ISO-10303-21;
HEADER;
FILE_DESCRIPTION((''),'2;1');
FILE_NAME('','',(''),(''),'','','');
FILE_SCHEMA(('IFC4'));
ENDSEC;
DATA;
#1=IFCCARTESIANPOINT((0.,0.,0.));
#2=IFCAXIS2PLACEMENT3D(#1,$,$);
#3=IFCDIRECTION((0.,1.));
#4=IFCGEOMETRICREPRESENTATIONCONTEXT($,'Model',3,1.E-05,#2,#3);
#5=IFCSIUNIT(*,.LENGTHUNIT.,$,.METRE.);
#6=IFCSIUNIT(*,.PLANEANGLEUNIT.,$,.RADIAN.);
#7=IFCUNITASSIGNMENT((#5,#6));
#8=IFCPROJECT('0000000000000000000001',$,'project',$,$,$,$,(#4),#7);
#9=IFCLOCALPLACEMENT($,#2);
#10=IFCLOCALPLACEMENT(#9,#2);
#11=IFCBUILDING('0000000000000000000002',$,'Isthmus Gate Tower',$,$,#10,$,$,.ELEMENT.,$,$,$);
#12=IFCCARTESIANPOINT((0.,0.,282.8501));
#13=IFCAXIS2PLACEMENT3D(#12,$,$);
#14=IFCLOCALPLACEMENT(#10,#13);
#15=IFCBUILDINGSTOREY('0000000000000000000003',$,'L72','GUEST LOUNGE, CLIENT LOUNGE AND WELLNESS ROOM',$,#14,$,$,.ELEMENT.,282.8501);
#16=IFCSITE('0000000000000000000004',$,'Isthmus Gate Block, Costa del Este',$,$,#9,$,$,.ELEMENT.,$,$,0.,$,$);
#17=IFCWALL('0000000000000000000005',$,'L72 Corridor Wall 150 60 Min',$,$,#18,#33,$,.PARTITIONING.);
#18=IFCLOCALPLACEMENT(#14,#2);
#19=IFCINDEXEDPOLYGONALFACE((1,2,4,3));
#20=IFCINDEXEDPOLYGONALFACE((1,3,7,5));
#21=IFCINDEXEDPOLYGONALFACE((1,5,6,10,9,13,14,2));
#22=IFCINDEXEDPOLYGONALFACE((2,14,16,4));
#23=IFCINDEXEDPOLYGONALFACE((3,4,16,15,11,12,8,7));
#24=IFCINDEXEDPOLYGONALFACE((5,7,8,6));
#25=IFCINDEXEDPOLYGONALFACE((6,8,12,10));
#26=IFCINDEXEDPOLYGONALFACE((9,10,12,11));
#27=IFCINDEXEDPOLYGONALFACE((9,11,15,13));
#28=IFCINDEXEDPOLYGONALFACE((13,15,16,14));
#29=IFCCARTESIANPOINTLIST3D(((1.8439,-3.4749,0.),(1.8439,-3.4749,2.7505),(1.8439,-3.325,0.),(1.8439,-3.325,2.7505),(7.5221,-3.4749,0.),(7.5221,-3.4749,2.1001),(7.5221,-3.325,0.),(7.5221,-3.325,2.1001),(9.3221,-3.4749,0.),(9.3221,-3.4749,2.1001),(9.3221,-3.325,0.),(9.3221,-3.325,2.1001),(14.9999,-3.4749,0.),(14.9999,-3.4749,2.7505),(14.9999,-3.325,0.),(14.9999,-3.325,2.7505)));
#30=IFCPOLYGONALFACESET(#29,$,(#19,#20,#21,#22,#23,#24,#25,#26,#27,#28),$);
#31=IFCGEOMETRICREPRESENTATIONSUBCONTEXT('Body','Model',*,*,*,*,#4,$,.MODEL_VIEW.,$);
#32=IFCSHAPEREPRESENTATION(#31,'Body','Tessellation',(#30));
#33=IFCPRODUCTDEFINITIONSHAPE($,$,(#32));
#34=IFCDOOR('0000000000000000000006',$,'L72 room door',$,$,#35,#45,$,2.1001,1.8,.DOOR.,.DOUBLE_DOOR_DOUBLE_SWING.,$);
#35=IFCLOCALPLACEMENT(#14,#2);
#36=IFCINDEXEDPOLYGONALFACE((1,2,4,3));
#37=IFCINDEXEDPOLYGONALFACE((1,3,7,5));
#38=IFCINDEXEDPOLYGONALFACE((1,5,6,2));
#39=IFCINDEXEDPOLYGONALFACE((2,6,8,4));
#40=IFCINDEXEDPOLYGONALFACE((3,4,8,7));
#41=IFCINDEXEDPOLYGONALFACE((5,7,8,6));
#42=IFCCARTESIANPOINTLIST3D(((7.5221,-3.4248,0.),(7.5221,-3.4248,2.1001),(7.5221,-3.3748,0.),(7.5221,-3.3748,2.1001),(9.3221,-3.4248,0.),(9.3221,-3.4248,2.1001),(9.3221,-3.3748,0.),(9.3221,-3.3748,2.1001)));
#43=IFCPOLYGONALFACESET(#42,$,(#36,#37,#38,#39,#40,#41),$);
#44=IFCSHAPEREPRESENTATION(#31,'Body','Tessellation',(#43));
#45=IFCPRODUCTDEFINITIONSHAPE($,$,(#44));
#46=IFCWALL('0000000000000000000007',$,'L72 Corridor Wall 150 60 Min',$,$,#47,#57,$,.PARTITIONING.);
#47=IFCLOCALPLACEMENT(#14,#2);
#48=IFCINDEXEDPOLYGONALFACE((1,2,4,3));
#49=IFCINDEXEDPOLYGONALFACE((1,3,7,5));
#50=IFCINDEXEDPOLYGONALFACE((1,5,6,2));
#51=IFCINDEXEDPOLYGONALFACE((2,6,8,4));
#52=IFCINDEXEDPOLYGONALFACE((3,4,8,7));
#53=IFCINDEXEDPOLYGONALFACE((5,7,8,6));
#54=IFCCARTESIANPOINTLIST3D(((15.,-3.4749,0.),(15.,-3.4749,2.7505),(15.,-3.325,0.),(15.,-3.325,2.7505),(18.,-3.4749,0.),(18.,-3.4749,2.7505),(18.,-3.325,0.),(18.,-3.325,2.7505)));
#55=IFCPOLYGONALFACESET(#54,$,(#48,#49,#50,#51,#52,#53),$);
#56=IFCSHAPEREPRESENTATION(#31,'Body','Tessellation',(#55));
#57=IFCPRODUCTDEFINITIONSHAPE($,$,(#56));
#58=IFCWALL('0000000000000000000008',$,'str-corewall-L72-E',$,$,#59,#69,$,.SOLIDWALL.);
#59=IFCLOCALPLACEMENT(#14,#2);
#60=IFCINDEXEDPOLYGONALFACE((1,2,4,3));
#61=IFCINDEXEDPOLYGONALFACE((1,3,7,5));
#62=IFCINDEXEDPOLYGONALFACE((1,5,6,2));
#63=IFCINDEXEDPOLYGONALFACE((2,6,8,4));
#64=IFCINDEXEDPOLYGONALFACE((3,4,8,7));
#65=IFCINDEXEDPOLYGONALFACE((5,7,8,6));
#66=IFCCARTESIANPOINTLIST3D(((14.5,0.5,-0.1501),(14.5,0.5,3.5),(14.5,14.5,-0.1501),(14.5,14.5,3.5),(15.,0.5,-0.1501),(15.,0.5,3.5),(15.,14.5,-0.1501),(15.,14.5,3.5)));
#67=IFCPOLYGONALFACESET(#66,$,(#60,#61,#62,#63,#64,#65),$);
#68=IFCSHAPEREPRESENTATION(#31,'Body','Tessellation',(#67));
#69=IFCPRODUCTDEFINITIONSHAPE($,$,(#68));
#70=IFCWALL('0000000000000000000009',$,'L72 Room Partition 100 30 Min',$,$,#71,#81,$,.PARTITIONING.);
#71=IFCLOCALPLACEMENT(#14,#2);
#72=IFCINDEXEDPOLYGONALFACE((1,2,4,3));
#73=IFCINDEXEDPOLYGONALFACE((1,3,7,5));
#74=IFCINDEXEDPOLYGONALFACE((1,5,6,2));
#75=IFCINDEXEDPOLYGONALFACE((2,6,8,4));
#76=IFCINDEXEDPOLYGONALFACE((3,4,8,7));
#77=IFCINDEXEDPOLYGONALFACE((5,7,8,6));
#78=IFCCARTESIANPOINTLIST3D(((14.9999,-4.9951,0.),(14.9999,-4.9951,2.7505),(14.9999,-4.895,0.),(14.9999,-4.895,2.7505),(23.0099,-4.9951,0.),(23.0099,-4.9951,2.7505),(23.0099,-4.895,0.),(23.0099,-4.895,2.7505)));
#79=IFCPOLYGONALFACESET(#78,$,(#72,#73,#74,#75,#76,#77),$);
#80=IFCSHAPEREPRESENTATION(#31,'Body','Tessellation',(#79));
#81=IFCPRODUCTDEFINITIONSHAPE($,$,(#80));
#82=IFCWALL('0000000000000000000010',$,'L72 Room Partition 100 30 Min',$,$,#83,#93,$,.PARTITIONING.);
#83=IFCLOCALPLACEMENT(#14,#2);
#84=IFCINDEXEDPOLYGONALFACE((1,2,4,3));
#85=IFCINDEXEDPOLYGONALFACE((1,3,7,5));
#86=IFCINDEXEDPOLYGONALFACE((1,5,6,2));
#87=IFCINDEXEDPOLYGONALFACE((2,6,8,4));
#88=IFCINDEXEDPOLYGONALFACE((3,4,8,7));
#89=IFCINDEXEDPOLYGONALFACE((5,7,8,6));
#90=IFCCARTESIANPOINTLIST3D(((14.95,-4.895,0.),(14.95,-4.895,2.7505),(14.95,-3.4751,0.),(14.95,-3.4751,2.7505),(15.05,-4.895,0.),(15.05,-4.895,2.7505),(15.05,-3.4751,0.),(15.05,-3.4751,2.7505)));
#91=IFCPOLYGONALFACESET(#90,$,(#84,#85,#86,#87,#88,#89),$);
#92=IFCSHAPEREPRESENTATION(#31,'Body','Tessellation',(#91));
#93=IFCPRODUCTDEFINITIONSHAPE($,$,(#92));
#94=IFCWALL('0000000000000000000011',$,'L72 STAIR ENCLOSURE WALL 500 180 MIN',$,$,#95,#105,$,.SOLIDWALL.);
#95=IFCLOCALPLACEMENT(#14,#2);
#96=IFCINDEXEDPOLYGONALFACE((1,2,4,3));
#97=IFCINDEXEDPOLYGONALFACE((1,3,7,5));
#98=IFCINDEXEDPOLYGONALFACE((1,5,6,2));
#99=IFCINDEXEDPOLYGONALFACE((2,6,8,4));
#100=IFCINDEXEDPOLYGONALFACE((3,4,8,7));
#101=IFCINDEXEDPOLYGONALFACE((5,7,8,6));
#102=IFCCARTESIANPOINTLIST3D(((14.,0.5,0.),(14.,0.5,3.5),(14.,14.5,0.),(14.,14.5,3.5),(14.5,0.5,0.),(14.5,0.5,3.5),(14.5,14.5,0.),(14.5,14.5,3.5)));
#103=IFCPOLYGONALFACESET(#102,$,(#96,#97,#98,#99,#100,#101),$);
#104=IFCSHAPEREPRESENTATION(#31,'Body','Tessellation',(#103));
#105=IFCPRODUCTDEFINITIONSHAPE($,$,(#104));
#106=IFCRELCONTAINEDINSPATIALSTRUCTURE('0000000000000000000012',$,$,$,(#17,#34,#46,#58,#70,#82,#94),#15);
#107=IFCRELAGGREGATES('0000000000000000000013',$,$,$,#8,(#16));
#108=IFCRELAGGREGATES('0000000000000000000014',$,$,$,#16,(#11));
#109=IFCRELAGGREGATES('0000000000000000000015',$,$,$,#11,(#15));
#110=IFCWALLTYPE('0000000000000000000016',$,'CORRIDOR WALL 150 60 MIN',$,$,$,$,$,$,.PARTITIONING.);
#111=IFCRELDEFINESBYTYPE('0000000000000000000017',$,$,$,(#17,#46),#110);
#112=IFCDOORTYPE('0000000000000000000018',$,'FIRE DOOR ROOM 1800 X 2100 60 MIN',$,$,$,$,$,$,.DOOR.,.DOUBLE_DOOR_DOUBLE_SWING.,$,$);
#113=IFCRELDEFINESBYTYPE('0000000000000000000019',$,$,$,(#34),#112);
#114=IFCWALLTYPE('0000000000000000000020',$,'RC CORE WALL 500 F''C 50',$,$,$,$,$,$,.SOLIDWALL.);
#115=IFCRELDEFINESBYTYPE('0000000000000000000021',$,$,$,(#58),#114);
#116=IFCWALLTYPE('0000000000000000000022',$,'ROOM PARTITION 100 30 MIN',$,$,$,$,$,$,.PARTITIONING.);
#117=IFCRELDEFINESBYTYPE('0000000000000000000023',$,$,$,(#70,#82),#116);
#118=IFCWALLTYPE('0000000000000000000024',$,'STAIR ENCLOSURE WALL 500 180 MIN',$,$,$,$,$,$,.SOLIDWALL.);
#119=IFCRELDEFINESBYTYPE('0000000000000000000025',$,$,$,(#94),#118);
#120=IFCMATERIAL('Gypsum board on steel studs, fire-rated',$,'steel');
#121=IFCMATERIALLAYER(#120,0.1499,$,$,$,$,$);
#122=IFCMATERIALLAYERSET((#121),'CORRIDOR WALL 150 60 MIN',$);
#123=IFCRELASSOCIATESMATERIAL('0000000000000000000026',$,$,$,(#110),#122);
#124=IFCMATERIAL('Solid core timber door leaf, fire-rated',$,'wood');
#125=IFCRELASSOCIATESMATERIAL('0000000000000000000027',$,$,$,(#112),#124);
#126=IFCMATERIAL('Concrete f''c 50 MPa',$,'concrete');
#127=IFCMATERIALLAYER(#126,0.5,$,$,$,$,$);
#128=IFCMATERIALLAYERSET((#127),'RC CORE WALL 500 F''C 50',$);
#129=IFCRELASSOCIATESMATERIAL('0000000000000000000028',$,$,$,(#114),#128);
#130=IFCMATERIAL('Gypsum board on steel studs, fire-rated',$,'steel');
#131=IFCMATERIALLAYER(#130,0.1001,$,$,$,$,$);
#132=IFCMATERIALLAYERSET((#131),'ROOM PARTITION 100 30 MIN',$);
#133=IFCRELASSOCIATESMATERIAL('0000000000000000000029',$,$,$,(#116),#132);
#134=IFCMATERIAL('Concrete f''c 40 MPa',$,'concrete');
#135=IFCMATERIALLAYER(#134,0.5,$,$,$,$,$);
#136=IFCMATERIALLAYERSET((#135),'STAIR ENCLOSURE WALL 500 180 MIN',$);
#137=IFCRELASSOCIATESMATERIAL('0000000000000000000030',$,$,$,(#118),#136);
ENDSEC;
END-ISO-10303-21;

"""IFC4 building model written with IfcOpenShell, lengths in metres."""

from ifc_helpers import new_model, si_unit, direction, frame, frame_2d, origin, place, context, subcontext, project, spatial, rectangle, extrude, material, layer, layer_set, type_object, element, fill, save


model = new_model("IFC4")

# Units and contexts
model_context = context("Model", 3, precision=1e-05, world=origin(), true_north=direction((0.0, 1.0)))
body_context = subcontext(model_context, "Body", "Model", "MODEL_VIEW")
ifc_project = project(units=[si_unit("LENGTHUNIT", "METRE"), si_unit("PLANEANGLEUNIT", "RADIAN")], contexts=[model_context])

# Site, building, storey
site_placement = place(None, origin())
site = spatial("IfcSite", under=ifc_project, at=site_placement, Name="Isthmus Gate Block, Costa del Este", CompositionType="ELEMENT", RefElevation=0.0)
building_placement = place(site_placement, origin())
building = spatial("IfcBuilding", under=site, at=building_placement, Name="Isthmus Gate Tower", CompositionType="ELEMENT")
storey_placement = place(building_placement, frame((0.0, 0.0, 282.8501)))
storey = spatial("IfcBuildingStorey", under=building, at=storey_placement, Name="L72", Description="GUEST LOUNGE, CLIENT LOUNGE AND WELLNESS ROOM", CompositionType="ELEMENT", Elevation=282.8501)

# Wall, opening, door
ifc_material_1 = material(Name="Gypsum board on steel studs, fire-rated", Category="steel")
ifc_layer_1 = layer(ifc_material_1, 0.1499)
ifc_layer_set_1 = layer_set([ifc_layer_1], Name="CORRIDOR WALL 150 60 MIN")
wall_type_1 = type_object("IfcWallType", Name="CORRIDOR WALL 150 60 MIN", PredefinedType="PARTITIONING", material=ifc_layer_set_1)
wall_1_placement = place(storey_placement, frame((15.0, -3.3999, 0.0), z_axis=(0.0, 0.0, 1.0), x_axis=(-1.0, 0.0, 0.0)))
wall_1 = element("IfcWall", 1, at=wall_1_placement, inside=storey, type_object=wall_type_1, Name="L72 Corridor Wall 150 60 Min", PredefinedType="PARTITIONING", context=body_context, shape_type="SweptSolid", body=[
    extrude(rectangle(XDim=13.156, YDim=0.1499, at=frame_2d((6.5781, 0.0))), origin(), (0.0, 0.0, 1.0), 2.7505),
])
opening_placement = place(wall_1_placement, frame((5.678, 0.0, 0.0)))
opening = element("IfcOpeningElement", 2, at=opening_placement, cuts=wall_1, PredefinedType="OPENING", context=body_context, shape_type="SweptSolid", body=[
    extrude(rectangle(XDim=1.8, YDim=2.1001, at=frame_2d((0.8999, 1.05))), frame((0.0, 0.085, 0.0), z_axis=(0.0, -1.0, 0.0), x_axis=(1.0, 0.0, 0.0)), (0.0, 0.0, 1.0), 0.1699),
])
ifc_material_2 = material(Name="Solid core timber door leaf, fire-rated", Category="wood")
door_type = type_object("IfcDoorType", Name="FIRE DOOR ROOM 1800 X 2100 60 MIN", OperationType="DOUBLE_DOOR_DOUBLE_SWING", PredefinedType="DOOR", material=ifc_material_2)
door_placement = place(opening_placement, origin())
door = element("IfcDoor", 3, at=door_placement, inside=storey, type_object=door_type, Name="L72 room door", OperationType="DOUBLE_DOOR_DOUBLE_SWING", OverallHeight=2.1001, OverallWidth=1.8, PredefinedType="DOOR", context=body_context, shape_type="SweptSolid", body=[
    extrude(rectangle(XDim=1.8, YDim=2.1001, at=frame_2d((0.8999, 1.05))), frame((0.0, 0.0249, 0.0), z_axis=(0.0, -1.0, 0.0), x_axis=(1.0, 0.0, 0.0)), (0.0, 0.0, 1.0), 0.05),
])
fill(opening, door)

# Walls
wall_2_placement = place(storey_placement, frame((18.0, -3.3999, 0.0), z_axis=(0.0, 0.0, 1.0), x_axis=(-1.0, 0.0, 0.0)))
element("IfcWall", 4, at=wall_2_placement, inside=storey, type_object=wall_type_1, Name="L72 Corridor Wall 150 60 Min", PredefinedType="PARTITIONING", context=body_context, shape_type="SweptSolid", body=[
    extrude(rectangle(XDim=3.0, YDim=0.1499, at=frame_2d((1.5, 0.0))), origin(), (0.0, 0.0, 1.0), 2.7505),
])
ifc_material_3 = material(Name="Concrete f'c 50 MPa", Category="concrete")
ifc_layer_2 = layer(ifc_material_3, 0.5)
ifc_layer_set_2 = layer_set([ifc_layer_2], Name="RC CORE WALL 500 F'C 50")
wall_type_2 = type_object("IfcWallType", Name="RC CORE WALL 500 F'C 50", PredefinedType="SOLIDWALL", material=ifc_layer_set_2)
wall_3_placement = place(storey_placement, frame((14.75, 0.5, -0.1501), z_axis=(0.0, 0.0, 1.0), x_axis=(0.0, 1.0, 0.0)))
element("IfcWall", 5, at=wall_3_placement, inside=storey, type_object=wall_type_2, Name="str-corewall-L72-E", PredefinedType="SOLIDWALL", context=body_context, shape_type="SweptSolid", body=[
    extrude(rectangle(XDim=14.0, YDim=0.5, at=frame_2d((7.0, 0.0))), origin(), (0.0, 0.0, 1.0), 3.6501),
])
ifc_material_4 = material(Name="Gypsum board on steel studs, fire-rated", Category="steel")
ifc_layer_3 = layer(ifc_material_4, 0.1001)
ifc_layer_set_3 = layer_set([ifc_layer_3], Name="ROOM PARTITION 100 30 MIN")
wall_type_3 = type_object("IfcWallType", Name="ROOM PARTITION 100 30 MIN", PredefinedType="PARTITIONING", material=ifc_layer_set_3)
wall_4_placement = place(storey_placement, frame((15.0, -4.9451, 0.0), z_axis=(0.0, 0.0, 1.0), x_axis=(1.0, 0.0, 0.0)))
element("IfcWall", 6, at=wall_4_placement, inside=storey, type_object=wall_type_3, Name="L72 Room Partition 100 30 Min", PredefinedType="PARTITIONING", context=body_context, shape_type="SweptSolid", body=[
    extrude(rectangle(XDim=8.01, YDim=0.1001, at=frame_2d((4.0049, 0.0))), origin(), (0.0, 0.0, 1.0), 2.7505),
])
wall_5_placement = place(storey_placement, frame((15.0, -4.895, 0.0), z_axis=(0.0, 0.0, 1.0), x_axis=(0.0, 1.0, 0.0)))
element("IfcWall", 7, at=wall_5_placement, inside=storey, type_object=wall_type_3, Name="L72 Room Partition 100 30 Min", PredefinedType="PARTITIONING", context=body_context, shape_type="SweptSolid", body=[
    extrude(rectangle(XDim=1.4199, YDim=0.1001, at=frame_2d((0.71, 0.0))), origin(), (0.0, 0.0, 1.0), 2.7505),
])
ifc_material_5 = material(Name="Concrete f'c 40 MPa", Category="concrete")
ifc_layer_4 = layer(ifc_material_5, 0.5)
ifc_layer_set_4 = layer_set([ifc_layer_4], Name="STAIR ENCLOSURE WALL 500 180 MIN")
wall_type_4 = type_object("IfcWallType", Name="STAIR ENCLOSURE WALL 500 180 MIN", PredefinedType="SOLIDWALL", material=ifc_layer_set_4)
wall_6_placement = place(storey_placement, frame((14.25, 0.5, 0.0), z_axis=(0.0, 0.0, 1.0), x_axis=(0.0, 1.0, 0.0)))
element("IfcWall", 8, at=wall_6_placement, inside=storey, type_object=wall_type_4, Name="L72 STAIR ENCLOSURE WALL 500 180 MIN", PredefinedType="SOLIDWALL", context=body_context, shape_type="SweptSolid", body=[
    extrude(rectangle(XDim=14.0, YDim=0.5, at=frame_2d((7.0, 0.0))), origin(), (0.0, 0.0, 1.0), 3.5),
])

save(model, "model.ifc")
